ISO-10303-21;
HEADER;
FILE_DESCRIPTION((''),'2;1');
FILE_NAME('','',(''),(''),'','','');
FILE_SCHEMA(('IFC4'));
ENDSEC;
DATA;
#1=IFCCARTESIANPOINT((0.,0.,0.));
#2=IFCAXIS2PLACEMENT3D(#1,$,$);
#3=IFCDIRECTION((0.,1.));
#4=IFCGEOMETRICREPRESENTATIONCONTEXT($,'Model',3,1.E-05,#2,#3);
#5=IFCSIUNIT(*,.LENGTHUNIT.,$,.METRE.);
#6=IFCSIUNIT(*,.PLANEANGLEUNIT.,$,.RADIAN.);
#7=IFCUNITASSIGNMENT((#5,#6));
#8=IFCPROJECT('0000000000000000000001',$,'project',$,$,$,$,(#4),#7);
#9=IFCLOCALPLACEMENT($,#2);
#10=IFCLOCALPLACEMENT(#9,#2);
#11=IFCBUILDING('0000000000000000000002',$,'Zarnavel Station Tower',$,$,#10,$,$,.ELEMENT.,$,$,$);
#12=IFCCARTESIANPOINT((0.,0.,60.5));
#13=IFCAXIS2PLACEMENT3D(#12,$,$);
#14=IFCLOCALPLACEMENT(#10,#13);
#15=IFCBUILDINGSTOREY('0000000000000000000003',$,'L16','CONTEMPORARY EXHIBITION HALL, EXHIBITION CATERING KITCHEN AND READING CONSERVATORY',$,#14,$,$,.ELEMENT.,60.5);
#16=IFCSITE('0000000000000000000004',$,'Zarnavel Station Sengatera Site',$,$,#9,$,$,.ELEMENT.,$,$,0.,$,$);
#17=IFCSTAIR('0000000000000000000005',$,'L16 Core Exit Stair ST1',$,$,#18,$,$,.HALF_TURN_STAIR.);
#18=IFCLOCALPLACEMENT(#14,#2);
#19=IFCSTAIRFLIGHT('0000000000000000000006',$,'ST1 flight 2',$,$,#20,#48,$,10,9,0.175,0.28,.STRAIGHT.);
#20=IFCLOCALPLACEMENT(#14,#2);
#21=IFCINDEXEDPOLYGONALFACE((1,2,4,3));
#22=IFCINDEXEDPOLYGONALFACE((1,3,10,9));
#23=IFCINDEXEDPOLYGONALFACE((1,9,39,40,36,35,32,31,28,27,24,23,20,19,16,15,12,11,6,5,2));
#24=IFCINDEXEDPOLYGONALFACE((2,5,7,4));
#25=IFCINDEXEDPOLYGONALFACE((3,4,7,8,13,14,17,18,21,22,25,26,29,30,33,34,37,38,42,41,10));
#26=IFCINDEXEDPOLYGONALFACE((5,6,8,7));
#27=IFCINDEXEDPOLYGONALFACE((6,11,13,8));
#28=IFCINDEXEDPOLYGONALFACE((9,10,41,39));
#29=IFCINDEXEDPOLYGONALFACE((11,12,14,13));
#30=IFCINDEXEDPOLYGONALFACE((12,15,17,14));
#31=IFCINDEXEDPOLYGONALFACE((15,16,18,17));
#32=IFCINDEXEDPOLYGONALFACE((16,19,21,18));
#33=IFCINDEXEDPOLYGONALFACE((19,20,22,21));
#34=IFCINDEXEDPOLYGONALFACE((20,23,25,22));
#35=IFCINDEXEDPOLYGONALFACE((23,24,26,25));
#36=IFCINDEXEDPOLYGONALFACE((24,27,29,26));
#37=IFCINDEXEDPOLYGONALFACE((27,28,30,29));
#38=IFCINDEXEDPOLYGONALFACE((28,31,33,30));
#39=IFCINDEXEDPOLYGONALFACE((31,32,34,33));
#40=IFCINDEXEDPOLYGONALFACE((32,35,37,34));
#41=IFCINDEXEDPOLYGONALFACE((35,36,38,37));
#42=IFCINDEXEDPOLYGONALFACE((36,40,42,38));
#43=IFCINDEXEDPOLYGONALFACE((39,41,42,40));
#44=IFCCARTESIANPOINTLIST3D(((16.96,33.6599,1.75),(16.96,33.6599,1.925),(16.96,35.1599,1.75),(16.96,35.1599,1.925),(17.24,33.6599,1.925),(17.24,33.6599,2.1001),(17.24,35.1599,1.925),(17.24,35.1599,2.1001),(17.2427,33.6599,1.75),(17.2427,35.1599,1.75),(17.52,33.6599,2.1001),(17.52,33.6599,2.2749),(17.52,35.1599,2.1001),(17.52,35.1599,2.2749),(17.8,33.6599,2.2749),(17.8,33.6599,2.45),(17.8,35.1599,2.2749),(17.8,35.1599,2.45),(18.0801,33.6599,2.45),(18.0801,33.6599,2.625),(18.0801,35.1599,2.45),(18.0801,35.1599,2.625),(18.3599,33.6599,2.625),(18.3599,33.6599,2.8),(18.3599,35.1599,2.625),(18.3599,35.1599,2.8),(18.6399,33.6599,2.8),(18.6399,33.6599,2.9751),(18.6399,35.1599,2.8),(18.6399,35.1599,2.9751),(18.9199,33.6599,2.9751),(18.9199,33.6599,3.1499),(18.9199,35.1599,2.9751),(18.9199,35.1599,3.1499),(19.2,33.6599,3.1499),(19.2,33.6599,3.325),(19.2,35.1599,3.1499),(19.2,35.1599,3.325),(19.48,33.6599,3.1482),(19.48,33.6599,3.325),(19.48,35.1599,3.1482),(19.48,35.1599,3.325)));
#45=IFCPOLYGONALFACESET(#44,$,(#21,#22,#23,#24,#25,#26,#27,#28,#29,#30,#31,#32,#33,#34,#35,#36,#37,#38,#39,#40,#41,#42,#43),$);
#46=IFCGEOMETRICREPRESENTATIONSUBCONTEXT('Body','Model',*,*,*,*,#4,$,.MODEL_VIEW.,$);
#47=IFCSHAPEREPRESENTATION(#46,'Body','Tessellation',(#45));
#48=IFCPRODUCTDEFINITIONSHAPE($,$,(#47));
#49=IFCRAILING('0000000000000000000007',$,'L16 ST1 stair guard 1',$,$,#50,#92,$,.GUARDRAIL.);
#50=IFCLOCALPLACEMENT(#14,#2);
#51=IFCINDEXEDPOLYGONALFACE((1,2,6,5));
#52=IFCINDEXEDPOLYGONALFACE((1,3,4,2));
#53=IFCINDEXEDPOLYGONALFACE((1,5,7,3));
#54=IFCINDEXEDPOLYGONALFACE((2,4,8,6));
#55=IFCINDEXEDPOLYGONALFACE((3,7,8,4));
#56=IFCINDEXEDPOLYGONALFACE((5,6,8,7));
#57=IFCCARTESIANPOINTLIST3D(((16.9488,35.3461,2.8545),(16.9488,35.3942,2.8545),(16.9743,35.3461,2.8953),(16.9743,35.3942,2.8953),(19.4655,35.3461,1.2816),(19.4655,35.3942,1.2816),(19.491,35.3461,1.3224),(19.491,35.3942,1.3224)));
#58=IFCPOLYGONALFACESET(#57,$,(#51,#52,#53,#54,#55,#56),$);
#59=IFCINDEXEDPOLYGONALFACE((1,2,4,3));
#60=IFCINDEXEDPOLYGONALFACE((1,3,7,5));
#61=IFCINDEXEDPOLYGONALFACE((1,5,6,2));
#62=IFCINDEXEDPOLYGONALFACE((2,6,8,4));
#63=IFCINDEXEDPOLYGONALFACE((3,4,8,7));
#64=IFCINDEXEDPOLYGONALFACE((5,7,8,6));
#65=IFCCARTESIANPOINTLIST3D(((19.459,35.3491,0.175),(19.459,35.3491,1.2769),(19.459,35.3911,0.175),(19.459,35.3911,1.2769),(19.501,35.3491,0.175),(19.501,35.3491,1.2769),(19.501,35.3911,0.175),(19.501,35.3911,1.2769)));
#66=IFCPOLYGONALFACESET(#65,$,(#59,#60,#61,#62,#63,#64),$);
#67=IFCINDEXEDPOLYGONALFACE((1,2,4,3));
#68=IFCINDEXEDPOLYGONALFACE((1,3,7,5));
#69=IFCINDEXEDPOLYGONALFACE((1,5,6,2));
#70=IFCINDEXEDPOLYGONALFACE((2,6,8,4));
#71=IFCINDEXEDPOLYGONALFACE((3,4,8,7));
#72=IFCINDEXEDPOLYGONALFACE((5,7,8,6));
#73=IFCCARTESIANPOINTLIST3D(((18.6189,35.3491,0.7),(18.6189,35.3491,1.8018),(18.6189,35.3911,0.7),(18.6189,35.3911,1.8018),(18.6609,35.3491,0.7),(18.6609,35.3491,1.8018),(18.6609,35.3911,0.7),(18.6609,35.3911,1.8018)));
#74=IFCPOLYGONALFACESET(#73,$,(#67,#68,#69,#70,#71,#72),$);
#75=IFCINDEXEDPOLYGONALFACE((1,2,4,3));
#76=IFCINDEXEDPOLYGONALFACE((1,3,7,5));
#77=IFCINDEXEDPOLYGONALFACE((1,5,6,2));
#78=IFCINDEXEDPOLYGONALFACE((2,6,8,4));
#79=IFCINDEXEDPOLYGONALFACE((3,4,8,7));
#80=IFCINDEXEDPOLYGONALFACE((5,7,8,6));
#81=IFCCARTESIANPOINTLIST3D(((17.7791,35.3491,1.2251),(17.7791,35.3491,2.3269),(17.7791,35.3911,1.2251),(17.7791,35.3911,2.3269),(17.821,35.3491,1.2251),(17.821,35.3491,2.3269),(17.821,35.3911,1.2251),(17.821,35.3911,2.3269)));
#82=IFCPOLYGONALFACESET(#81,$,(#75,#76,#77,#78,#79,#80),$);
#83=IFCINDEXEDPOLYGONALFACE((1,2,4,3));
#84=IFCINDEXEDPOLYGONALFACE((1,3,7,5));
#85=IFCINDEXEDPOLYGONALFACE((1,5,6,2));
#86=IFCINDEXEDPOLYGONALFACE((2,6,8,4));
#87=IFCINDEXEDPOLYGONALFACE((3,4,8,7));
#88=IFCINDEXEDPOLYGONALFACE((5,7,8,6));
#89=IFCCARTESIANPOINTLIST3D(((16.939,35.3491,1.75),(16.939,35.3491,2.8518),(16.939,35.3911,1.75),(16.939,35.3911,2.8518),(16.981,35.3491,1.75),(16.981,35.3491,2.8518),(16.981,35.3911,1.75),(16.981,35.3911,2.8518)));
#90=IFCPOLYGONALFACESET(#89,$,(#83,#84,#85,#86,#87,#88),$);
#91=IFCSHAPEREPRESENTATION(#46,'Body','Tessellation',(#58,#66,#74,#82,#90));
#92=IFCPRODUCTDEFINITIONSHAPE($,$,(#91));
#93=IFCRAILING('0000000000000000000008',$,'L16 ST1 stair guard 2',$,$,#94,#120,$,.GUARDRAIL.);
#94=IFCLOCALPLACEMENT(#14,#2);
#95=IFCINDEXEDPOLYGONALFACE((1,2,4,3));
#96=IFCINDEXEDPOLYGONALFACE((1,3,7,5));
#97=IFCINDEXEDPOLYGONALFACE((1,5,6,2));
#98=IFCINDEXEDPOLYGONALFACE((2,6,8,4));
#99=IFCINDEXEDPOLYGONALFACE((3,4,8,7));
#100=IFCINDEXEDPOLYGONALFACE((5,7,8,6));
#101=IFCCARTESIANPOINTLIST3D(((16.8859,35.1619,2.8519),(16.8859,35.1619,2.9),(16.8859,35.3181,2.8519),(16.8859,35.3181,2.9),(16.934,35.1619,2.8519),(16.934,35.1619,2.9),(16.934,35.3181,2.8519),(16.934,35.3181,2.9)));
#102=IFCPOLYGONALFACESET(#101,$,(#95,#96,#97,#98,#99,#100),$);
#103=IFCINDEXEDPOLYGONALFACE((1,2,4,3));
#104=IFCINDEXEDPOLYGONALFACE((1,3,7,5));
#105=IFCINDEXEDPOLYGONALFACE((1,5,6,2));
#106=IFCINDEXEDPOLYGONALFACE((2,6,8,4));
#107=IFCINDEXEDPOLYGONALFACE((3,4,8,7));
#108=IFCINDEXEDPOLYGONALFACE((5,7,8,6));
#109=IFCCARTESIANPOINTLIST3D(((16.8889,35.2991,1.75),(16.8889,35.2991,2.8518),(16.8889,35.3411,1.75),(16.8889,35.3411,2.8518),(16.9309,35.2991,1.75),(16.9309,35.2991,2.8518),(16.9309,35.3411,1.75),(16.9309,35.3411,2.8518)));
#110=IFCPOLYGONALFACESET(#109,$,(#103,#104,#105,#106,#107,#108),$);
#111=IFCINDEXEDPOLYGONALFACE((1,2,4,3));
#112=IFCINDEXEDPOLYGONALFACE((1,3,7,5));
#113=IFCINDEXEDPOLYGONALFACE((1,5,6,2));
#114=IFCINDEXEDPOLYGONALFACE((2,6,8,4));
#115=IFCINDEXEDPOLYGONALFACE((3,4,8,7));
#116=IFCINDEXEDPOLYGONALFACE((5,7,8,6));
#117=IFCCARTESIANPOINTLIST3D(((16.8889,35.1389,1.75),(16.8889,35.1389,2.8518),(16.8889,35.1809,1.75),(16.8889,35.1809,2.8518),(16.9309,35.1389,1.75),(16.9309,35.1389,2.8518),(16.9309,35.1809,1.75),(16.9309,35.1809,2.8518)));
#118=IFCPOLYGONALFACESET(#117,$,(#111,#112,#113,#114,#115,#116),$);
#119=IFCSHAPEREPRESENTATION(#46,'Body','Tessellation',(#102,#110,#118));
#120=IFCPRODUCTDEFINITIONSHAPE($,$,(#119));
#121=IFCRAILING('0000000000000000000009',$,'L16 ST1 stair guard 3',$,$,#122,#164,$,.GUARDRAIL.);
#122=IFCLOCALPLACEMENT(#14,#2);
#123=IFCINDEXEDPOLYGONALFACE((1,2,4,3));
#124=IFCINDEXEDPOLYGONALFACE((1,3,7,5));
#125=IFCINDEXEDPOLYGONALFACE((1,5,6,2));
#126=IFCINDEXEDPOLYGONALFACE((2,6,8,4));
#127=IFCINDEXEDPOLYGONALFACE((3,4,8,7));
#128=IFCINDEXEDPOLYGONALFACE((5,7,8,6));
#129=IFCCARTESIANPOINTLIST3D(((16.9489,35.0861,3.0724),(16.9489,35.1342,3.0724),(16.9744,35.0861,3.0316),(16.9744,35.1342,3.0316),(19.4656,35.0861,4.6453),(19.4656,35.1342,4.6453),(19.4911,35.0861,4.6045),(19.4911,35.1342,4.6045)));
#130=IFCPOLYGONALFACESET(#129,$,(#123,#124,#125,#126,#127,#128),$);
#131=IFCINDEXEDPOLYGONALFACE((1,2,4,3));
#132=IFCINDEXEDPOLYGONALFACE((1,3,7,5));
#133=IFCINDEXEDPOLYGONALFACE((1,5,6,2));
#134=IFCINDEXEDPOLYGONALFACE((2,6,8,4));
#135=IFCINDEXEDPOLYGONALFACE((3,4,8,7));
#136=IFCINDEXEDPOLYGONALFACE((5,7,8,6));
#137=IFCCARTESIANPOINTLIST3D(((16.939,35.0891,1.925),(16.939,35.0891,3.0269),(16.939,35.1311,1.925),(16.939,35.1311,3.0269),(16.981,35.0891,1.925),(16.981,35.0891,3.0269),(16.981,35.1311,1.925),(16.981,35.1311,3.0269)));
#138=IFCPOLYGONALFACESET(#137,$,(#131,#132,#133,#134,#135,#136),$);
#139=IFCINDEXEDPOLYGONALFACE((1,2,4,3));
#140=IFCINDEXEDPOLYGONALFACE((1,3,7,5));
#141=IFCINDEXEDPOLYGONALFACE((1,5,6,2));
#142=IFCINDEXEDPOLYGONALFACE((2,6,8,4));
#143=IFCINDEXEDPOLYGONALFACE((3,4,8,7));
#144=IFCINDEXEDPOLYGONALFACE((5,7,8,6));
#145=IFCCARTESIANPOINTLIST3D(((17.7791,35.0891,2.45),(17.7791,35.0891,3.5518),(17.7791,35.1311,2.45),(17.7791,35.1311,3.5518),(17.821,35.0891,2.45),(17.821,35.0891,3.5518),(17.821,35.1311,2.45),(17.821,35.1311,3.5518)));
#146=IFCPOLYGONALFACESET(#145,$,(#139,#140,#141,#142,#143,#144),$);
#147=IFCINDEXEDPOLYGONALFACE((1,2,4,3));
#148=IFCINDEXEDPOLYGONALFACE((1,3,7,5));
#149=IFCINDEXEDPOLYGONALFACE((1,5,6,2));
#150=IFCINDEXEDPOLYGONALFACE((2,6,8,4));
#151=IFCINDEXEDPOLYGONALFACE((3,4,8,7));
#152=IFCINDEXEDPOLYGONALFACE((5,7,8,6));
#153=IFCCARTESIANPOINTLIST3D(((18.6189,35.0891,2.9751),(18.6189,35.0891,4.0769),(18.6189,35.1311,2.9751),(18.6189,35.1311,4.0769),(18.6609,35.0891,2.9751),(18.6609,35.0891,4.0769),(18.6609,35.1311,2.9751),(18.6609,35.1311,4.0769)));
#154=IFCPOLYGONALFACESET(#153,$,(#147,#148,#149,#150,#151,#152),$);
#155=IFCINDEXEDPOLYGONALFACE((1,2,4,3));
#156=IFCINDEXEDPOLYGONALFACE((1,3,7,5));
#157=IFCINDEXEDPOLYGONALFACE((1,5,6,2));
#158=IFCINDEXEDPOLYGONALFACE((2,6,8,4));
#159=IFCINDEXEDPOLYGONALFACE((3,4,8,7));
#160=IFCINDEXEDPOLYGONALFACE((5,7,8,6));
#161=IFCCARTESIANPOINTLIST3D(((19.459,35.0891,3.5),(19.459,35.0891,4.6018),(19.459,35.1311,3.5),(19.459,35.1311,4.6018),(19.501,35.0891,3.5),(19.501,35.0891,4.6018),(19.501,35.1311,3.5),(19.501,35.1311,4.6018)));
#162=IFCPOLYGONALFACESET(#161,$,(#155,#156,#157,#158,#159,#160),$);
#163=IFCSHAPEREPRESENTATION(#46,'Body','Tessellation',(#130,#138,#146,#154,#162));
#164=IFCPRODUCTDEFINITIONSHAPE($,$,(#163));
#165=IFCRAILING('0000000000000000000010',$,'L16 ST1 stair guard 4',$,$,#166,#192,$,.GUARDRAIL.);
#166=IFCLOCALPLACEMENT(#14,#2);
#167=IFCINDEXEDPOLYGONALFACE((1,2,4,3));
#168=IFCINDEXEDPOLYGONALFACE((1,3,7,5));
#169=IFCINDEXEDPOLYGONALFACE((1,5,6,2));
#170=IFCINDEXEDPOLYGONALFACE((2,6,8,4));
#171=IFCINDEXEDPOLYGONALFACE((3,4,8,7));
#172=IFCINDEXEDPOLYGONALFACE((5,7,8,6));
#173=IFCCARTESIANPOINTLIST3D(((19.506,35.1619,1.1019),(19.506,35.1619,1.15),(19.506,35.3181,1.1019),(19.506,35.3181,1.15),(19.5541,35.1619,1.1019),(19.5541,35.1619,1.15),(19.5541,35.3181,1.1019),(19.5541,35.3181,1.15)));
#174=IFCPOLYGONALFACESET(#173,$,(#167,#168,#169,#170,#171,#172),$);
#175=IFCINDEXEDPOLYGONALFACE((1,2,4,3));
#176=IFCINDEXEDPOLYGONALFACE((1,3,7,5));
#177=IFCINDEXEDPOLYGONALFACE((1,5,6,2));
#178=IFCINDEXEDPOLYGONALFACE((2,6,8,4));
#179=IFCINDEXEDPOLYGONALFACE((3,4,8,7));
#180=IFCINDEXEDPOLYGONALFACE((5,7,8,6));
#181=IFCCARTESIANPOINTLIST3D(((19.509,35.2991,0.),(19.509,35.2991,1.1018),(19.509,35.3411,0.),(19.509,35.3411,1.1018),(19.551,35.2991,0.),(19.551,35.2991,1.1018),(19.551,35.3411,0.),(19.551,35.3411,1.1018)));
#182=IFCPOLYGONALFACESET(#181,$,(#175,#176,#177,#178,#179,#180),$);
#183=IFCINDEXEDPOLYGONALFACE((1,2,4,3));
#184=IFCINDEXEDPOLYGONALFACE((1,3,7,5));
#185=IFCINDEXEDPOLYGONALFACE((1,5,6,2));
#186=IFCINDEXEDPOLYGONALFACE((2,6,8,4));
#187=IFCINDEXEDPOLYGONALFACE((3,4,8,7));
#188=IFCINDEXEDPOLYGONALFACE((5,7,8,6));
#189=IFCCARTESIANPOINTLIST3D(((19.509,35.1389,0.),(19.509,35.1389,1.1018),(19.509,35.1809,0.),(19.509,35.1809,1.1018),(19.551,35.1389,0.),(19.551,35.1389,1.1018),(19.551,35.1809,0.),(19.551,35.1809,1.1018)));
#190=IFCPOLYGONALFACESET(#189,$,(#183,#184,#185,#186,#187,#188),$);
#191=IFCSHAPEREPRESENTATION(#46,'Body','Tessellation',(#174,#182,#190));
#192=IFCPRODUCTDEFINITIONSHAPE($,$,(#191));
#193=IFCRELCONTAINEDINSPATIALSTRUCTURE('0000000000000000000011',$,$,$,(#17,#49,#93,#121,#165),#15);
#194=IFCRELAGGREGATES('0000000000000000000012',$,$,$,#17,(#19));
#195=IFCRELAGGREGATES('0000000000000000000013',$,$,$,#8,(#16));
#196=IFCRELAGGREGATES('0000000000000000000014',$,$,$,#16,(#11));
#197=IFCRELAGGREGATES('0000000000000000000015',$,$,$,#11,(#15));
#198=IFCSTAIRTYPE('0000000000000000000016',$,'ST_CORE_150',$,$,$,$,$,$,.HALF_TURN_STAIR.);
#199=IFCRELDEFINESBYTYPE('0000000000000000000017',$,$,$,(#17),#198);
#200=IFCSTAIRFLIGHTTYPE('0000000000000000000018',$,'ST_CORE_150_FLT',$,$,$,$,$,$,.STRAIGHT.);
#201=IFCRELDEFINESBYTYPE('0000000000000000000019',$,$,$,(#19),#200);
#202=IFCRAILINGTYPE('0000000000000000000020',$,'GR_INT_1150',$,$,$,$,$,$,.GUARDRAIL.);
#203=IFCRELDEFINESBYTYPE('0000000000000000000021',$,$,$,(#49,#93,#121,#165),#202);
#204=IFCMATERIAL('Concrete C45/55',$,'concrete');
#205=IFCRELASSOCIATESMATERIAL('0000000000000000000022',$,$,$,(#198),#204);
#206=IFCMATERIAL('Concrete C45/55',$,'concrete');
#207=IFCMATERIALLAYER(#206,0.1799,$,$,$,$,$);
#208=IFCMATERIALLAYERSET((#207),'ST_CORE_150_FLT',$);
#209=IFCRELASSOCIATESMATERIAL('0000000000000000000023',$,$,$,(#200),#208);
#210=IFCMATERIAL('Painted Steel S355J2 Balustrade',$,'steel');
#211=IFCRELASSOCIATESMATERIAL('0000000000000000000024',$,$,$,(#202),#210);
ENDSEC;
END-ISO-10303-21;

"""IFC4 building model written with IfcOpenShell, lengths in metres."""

from ifc_helpers import new_model, si_unit, direction, frame, origin, origin_2d, place, context, subcontext, project, spatial, polyline, rectangle, outline, extrude, material, layer, layer_set, type_object, element, aggregate, save


model = new_model("IFC4")

# Units and contexts
model_context = context("Model", 3, precision=1e-05, world=origin(), true_north=direction((0.0, 1.0)))
body_context = subcontext(model_context, "Body", "Model", "MODEL_VIEW")
ifc_project = project(units=[si_unit("LENGTHUNIT", "METRE"), si_unit("PLANEANGLEUNIT", "RADIAN")], contexts=[model_context])

# Site, building, storey
site_placement = place(None, origin())
site = spatial("IfcSite", under=ifc_project, at=site_placement, Name="Zarnavel Station Sengatera Site", CompositionType="ELEMENT", RefElevation=0.0)
building_placement = place(site_placement, origin())
building = spatial("IfcBuilding", under=site, at=building_placement, Name="Zarnavel Station Tower", CompositionType="ELEMENT")
storey_placement = place(building_placement, frame((0.0, 0.0, 60.5)))
storey = spatial("IfcBuildingStorey", under=building, at=storey_placement, Name="L16", Description="CONTEMPORARY EXHIBITION HALL, EXHIBITION CATERING KITCHEN AND READING CONSERVATORY", CompositionType="ELEMENT", Elevation=60.5)

# Stair, stair flight
ifc_material_1 = material(Name="Concrete C45/55", Category="concrete")
stair_type = type_object("IfcStairType", Name="ST_CORE_150", PredefinedType="HALF_TURN_STAIR", material=ifc_material_1)
stair_placement = place(storey_placement, origin())
stair = element("IfcStair", 1, at=stair_placement, inside=storey, type_object=stair_type, Name="L16 Core Exit Stair ST1", PredefinedType="HALF_TURN_STAIR")
ifc_material_2 = material(Name="Concrete C45/55", Category="concrete")
ifc_layer_1 = layer(ifc_material_2, 0.1799)
ifc_layer_set_1 = layer_set([ifc_layer_1], Name="ST_CORE_150_FLT")
stair_flight_type = type_object("IfcStairFlightType", Name="ST_CORE_150_FLT", PredefinedType="STRAIGHT", material=ifc_layer_set_1)
stair_flight_1_placement = place(storey_placement, frame((16.96, 34.4099, 1.75), z_axis=(0.0, 0.0, 1.0), x_axis=(1.0, 0.0, 0.0)))
stair_flight_1 = element("IfcStairFlight", 2, at=stair_flight_1_placement, type_object=stair_flight_type, Name="ST1 flight 2", NumberOfRisers=10, NumberOfTreads=9, PredefinedType="STRAIGHT", RiserHeight=0.175, TreadLength=0.28, context=body_context, shape_type="SweptSolid", body=[
    extrude(outline(polyline([(0.0, 0.0), (0.0, 0.175), (0.28, 0.175), (0.28, 0.3501), (0.5601, 0.3501), (0.5601, 0.5249), (0.8401, 0.5249), (0.8401, 0.7), (1.1201, 0.7), (1.1201, 0.875), (1.3999, 0.875), (1.3999, 1.05), (1.6799, 1.05), (1.6799, 1.2251), (1.96, 1.2251), (1.96, 1.3999), (2.24, 1.3999), (2.24, 1.575), (2.52, 1.575), (2.52, 1.75), (2.52, 1.3982), (0.2827, 0.0), (0.0, 0.0)])), frame((0.0, 0.75, 0.0), z_axis=(0.0, -1.0, 0.0), x_axis=(1.0, 0.0, 0.0)), (0.0, 0.0, 1.0), 1.5),
])
aggregate(stair, [stair_flight_1])

# Railings
ifc_material_3 = material(Name="Painted Steel S355J2 Balustrade", Category="steel")
railing_type_1 = type_object("IfcRailingType", Name="GR_INT_1150", PredefinedType="GUARDRAIL", material=ifc_material_3)
railing_1_placement = place(storey_placement, frame((19.48, 35.3701, 0.175)))
element("IfcRailing", 3, at=railing_1_placement, inside=storey, type_object=railing_type_1, Name="L16 ST1 stair guard 1", PredefinedType="GUARDRAIL", context=body_context, shape_type="SweptSolid", body=[
    extrude(rectangle(XDim=0.0481, YDim=0.0481, at=origin_2d()), frame((-0.0017, 0.0, 1.127), z_axis=(-0.848008, 0.0, 0.529984), x_axis=(0.0, -1.0, 0.0)), (0.0, 0.0, 1.0), 2.9678),
    extrude(rectangle(XDim=0.042, YDim=0.042, at=origin_2d()), origin(), (0.0, 0.0, 1.0), 1.1018),
    extrude(rectangle(XDim=0.042, YDim=0.042, at=origin_2d()), frame((-0.8401, 0.0, 0.5249)), (0.0, 0.0, 1.0), 1.1018),
    extrude(rectangle(XDim=0.042, YDim=0.042, at=origin_2d()), frame((-1.6799, 0.0, 1.05)), (0.0, 0.0, 1.0), 1.1018),
    extrude(rectangle(XDim=0.042, YDim=0.042, at=origin_2d()), frame((-2.52, 0.0, 1.575)), (0.0, 0.0, 1.0), 1.1018),
])
railing_2_placement = place(storey_placement, frame((16.9099, 35.3201, 1.75)))
element("IfcRailing", 4, at=railing_2_placement, inside=storey, type_object=railing_type_1, Name="L16 ST1 stair guard 2", PredefinedType="GUARDRAIL", context=body_context, shape_type="SweptSolid", body=[
    extrude(rectangle(XDim=0.0481, YDim=0.0481, at=origin_2d()), frame((0.0, -0.002, 1.126), z_axis=(0.0, -1.0, 0.0), x_axis=(1.0, 0.0, 0.0)), (0.0, 0.0, 1.0), 0.1562),
    extrude(rectangle(XDim=0.042, YDim=0.042, at=origin_2d()), origin(), (0.0, 0.0, 1.0), 1.1018),
    extrude(rectangle(XDim=0.042, YDim=0.042, at=origin_2d()), frame((0.0, -0.1602, 0.0)), (0.0, 0.0, 1.0), 1.1018),
])
railing_3_placement = place(storey_placement, frame((16.96, 35.1101, 1.925)))
element("IfcRailing", 5, at=railing_3_placement, inside=storey, type_object=railing_type_1, Name="L16 ST1 stair guard 3", PredefinedType="GUARDRAIL", context=body_context, shape_type="SweptSolid", body=[
    extrude(rectangle(XDim=0.0481, YDim=0.0481, at=origin_2d()), frame((0.0017, 0.0, 1.127), z_axis=(0.848008, 0.0, 0.529984), x_axis=(0.0, 1.0, 0.0)), (0.0, 0.0, 1.0), 2.9678),
    extrude(rectangle(XDim=0.042, YDim=0.042, at=origin_2d()), origin(), (0.0, 0.0, 1.0), 1.1018),
    extrude(rectangle(XDim=0.042, YDim=0.042, at=origin_2d()), frame((0.8401, 0.0, 0.5249)), (0.0, 0.0, 1.0), 1.1018),
    extrude(rectangle(XDim=0.042, YDim=0.042, at=origin_2d()), frame((1.6799, 0.0, 1.05)), (0.0, 0.0, 1.0), 1.1018),
    extrude(rectangle(XDim=0.042, YDim=0.042, at=origin_2d()), frame((2.52, 0.0, 1.575)), (0.0, 0.0, 1.0), 1.1018),
])
railing_4_placement = place(storey_placement, frame((19.53, 35.3201, 0.0)))
element("IfcRailing", 6, at=railing_4_placement, inside=storey, type_object=railing_type_1, Name="L16 ST1 stair guard 4", PredefinedType="GUARDRAIL", context=body_context, shape_type="SweptSolid", body=[
    extrude(rectangle(XDim=0.0481, YDim=0.0481, at=origin_2d()), frame((0.0, -0.002, 1.126), z_axis=(0.0, -1.0, 0.0), x_axis=(1.0, 0.0, 0.0)), (0.0, 0.0, 1.0), 0.1562),
    extrude(rectangle(XDim=0.042, YDim=0.042, at=origin_2d()), origin(), (0.0, 0.0, 1.0), 1.1018),
    extrude(rectangle(XDim=0.042, YDim=0.042, at=origin_2d()), frame((0.0, -0.1602, 0.0)), (0.0, 0.0, 1.0), 1.1018),
])

save(model, "model.ifc")
